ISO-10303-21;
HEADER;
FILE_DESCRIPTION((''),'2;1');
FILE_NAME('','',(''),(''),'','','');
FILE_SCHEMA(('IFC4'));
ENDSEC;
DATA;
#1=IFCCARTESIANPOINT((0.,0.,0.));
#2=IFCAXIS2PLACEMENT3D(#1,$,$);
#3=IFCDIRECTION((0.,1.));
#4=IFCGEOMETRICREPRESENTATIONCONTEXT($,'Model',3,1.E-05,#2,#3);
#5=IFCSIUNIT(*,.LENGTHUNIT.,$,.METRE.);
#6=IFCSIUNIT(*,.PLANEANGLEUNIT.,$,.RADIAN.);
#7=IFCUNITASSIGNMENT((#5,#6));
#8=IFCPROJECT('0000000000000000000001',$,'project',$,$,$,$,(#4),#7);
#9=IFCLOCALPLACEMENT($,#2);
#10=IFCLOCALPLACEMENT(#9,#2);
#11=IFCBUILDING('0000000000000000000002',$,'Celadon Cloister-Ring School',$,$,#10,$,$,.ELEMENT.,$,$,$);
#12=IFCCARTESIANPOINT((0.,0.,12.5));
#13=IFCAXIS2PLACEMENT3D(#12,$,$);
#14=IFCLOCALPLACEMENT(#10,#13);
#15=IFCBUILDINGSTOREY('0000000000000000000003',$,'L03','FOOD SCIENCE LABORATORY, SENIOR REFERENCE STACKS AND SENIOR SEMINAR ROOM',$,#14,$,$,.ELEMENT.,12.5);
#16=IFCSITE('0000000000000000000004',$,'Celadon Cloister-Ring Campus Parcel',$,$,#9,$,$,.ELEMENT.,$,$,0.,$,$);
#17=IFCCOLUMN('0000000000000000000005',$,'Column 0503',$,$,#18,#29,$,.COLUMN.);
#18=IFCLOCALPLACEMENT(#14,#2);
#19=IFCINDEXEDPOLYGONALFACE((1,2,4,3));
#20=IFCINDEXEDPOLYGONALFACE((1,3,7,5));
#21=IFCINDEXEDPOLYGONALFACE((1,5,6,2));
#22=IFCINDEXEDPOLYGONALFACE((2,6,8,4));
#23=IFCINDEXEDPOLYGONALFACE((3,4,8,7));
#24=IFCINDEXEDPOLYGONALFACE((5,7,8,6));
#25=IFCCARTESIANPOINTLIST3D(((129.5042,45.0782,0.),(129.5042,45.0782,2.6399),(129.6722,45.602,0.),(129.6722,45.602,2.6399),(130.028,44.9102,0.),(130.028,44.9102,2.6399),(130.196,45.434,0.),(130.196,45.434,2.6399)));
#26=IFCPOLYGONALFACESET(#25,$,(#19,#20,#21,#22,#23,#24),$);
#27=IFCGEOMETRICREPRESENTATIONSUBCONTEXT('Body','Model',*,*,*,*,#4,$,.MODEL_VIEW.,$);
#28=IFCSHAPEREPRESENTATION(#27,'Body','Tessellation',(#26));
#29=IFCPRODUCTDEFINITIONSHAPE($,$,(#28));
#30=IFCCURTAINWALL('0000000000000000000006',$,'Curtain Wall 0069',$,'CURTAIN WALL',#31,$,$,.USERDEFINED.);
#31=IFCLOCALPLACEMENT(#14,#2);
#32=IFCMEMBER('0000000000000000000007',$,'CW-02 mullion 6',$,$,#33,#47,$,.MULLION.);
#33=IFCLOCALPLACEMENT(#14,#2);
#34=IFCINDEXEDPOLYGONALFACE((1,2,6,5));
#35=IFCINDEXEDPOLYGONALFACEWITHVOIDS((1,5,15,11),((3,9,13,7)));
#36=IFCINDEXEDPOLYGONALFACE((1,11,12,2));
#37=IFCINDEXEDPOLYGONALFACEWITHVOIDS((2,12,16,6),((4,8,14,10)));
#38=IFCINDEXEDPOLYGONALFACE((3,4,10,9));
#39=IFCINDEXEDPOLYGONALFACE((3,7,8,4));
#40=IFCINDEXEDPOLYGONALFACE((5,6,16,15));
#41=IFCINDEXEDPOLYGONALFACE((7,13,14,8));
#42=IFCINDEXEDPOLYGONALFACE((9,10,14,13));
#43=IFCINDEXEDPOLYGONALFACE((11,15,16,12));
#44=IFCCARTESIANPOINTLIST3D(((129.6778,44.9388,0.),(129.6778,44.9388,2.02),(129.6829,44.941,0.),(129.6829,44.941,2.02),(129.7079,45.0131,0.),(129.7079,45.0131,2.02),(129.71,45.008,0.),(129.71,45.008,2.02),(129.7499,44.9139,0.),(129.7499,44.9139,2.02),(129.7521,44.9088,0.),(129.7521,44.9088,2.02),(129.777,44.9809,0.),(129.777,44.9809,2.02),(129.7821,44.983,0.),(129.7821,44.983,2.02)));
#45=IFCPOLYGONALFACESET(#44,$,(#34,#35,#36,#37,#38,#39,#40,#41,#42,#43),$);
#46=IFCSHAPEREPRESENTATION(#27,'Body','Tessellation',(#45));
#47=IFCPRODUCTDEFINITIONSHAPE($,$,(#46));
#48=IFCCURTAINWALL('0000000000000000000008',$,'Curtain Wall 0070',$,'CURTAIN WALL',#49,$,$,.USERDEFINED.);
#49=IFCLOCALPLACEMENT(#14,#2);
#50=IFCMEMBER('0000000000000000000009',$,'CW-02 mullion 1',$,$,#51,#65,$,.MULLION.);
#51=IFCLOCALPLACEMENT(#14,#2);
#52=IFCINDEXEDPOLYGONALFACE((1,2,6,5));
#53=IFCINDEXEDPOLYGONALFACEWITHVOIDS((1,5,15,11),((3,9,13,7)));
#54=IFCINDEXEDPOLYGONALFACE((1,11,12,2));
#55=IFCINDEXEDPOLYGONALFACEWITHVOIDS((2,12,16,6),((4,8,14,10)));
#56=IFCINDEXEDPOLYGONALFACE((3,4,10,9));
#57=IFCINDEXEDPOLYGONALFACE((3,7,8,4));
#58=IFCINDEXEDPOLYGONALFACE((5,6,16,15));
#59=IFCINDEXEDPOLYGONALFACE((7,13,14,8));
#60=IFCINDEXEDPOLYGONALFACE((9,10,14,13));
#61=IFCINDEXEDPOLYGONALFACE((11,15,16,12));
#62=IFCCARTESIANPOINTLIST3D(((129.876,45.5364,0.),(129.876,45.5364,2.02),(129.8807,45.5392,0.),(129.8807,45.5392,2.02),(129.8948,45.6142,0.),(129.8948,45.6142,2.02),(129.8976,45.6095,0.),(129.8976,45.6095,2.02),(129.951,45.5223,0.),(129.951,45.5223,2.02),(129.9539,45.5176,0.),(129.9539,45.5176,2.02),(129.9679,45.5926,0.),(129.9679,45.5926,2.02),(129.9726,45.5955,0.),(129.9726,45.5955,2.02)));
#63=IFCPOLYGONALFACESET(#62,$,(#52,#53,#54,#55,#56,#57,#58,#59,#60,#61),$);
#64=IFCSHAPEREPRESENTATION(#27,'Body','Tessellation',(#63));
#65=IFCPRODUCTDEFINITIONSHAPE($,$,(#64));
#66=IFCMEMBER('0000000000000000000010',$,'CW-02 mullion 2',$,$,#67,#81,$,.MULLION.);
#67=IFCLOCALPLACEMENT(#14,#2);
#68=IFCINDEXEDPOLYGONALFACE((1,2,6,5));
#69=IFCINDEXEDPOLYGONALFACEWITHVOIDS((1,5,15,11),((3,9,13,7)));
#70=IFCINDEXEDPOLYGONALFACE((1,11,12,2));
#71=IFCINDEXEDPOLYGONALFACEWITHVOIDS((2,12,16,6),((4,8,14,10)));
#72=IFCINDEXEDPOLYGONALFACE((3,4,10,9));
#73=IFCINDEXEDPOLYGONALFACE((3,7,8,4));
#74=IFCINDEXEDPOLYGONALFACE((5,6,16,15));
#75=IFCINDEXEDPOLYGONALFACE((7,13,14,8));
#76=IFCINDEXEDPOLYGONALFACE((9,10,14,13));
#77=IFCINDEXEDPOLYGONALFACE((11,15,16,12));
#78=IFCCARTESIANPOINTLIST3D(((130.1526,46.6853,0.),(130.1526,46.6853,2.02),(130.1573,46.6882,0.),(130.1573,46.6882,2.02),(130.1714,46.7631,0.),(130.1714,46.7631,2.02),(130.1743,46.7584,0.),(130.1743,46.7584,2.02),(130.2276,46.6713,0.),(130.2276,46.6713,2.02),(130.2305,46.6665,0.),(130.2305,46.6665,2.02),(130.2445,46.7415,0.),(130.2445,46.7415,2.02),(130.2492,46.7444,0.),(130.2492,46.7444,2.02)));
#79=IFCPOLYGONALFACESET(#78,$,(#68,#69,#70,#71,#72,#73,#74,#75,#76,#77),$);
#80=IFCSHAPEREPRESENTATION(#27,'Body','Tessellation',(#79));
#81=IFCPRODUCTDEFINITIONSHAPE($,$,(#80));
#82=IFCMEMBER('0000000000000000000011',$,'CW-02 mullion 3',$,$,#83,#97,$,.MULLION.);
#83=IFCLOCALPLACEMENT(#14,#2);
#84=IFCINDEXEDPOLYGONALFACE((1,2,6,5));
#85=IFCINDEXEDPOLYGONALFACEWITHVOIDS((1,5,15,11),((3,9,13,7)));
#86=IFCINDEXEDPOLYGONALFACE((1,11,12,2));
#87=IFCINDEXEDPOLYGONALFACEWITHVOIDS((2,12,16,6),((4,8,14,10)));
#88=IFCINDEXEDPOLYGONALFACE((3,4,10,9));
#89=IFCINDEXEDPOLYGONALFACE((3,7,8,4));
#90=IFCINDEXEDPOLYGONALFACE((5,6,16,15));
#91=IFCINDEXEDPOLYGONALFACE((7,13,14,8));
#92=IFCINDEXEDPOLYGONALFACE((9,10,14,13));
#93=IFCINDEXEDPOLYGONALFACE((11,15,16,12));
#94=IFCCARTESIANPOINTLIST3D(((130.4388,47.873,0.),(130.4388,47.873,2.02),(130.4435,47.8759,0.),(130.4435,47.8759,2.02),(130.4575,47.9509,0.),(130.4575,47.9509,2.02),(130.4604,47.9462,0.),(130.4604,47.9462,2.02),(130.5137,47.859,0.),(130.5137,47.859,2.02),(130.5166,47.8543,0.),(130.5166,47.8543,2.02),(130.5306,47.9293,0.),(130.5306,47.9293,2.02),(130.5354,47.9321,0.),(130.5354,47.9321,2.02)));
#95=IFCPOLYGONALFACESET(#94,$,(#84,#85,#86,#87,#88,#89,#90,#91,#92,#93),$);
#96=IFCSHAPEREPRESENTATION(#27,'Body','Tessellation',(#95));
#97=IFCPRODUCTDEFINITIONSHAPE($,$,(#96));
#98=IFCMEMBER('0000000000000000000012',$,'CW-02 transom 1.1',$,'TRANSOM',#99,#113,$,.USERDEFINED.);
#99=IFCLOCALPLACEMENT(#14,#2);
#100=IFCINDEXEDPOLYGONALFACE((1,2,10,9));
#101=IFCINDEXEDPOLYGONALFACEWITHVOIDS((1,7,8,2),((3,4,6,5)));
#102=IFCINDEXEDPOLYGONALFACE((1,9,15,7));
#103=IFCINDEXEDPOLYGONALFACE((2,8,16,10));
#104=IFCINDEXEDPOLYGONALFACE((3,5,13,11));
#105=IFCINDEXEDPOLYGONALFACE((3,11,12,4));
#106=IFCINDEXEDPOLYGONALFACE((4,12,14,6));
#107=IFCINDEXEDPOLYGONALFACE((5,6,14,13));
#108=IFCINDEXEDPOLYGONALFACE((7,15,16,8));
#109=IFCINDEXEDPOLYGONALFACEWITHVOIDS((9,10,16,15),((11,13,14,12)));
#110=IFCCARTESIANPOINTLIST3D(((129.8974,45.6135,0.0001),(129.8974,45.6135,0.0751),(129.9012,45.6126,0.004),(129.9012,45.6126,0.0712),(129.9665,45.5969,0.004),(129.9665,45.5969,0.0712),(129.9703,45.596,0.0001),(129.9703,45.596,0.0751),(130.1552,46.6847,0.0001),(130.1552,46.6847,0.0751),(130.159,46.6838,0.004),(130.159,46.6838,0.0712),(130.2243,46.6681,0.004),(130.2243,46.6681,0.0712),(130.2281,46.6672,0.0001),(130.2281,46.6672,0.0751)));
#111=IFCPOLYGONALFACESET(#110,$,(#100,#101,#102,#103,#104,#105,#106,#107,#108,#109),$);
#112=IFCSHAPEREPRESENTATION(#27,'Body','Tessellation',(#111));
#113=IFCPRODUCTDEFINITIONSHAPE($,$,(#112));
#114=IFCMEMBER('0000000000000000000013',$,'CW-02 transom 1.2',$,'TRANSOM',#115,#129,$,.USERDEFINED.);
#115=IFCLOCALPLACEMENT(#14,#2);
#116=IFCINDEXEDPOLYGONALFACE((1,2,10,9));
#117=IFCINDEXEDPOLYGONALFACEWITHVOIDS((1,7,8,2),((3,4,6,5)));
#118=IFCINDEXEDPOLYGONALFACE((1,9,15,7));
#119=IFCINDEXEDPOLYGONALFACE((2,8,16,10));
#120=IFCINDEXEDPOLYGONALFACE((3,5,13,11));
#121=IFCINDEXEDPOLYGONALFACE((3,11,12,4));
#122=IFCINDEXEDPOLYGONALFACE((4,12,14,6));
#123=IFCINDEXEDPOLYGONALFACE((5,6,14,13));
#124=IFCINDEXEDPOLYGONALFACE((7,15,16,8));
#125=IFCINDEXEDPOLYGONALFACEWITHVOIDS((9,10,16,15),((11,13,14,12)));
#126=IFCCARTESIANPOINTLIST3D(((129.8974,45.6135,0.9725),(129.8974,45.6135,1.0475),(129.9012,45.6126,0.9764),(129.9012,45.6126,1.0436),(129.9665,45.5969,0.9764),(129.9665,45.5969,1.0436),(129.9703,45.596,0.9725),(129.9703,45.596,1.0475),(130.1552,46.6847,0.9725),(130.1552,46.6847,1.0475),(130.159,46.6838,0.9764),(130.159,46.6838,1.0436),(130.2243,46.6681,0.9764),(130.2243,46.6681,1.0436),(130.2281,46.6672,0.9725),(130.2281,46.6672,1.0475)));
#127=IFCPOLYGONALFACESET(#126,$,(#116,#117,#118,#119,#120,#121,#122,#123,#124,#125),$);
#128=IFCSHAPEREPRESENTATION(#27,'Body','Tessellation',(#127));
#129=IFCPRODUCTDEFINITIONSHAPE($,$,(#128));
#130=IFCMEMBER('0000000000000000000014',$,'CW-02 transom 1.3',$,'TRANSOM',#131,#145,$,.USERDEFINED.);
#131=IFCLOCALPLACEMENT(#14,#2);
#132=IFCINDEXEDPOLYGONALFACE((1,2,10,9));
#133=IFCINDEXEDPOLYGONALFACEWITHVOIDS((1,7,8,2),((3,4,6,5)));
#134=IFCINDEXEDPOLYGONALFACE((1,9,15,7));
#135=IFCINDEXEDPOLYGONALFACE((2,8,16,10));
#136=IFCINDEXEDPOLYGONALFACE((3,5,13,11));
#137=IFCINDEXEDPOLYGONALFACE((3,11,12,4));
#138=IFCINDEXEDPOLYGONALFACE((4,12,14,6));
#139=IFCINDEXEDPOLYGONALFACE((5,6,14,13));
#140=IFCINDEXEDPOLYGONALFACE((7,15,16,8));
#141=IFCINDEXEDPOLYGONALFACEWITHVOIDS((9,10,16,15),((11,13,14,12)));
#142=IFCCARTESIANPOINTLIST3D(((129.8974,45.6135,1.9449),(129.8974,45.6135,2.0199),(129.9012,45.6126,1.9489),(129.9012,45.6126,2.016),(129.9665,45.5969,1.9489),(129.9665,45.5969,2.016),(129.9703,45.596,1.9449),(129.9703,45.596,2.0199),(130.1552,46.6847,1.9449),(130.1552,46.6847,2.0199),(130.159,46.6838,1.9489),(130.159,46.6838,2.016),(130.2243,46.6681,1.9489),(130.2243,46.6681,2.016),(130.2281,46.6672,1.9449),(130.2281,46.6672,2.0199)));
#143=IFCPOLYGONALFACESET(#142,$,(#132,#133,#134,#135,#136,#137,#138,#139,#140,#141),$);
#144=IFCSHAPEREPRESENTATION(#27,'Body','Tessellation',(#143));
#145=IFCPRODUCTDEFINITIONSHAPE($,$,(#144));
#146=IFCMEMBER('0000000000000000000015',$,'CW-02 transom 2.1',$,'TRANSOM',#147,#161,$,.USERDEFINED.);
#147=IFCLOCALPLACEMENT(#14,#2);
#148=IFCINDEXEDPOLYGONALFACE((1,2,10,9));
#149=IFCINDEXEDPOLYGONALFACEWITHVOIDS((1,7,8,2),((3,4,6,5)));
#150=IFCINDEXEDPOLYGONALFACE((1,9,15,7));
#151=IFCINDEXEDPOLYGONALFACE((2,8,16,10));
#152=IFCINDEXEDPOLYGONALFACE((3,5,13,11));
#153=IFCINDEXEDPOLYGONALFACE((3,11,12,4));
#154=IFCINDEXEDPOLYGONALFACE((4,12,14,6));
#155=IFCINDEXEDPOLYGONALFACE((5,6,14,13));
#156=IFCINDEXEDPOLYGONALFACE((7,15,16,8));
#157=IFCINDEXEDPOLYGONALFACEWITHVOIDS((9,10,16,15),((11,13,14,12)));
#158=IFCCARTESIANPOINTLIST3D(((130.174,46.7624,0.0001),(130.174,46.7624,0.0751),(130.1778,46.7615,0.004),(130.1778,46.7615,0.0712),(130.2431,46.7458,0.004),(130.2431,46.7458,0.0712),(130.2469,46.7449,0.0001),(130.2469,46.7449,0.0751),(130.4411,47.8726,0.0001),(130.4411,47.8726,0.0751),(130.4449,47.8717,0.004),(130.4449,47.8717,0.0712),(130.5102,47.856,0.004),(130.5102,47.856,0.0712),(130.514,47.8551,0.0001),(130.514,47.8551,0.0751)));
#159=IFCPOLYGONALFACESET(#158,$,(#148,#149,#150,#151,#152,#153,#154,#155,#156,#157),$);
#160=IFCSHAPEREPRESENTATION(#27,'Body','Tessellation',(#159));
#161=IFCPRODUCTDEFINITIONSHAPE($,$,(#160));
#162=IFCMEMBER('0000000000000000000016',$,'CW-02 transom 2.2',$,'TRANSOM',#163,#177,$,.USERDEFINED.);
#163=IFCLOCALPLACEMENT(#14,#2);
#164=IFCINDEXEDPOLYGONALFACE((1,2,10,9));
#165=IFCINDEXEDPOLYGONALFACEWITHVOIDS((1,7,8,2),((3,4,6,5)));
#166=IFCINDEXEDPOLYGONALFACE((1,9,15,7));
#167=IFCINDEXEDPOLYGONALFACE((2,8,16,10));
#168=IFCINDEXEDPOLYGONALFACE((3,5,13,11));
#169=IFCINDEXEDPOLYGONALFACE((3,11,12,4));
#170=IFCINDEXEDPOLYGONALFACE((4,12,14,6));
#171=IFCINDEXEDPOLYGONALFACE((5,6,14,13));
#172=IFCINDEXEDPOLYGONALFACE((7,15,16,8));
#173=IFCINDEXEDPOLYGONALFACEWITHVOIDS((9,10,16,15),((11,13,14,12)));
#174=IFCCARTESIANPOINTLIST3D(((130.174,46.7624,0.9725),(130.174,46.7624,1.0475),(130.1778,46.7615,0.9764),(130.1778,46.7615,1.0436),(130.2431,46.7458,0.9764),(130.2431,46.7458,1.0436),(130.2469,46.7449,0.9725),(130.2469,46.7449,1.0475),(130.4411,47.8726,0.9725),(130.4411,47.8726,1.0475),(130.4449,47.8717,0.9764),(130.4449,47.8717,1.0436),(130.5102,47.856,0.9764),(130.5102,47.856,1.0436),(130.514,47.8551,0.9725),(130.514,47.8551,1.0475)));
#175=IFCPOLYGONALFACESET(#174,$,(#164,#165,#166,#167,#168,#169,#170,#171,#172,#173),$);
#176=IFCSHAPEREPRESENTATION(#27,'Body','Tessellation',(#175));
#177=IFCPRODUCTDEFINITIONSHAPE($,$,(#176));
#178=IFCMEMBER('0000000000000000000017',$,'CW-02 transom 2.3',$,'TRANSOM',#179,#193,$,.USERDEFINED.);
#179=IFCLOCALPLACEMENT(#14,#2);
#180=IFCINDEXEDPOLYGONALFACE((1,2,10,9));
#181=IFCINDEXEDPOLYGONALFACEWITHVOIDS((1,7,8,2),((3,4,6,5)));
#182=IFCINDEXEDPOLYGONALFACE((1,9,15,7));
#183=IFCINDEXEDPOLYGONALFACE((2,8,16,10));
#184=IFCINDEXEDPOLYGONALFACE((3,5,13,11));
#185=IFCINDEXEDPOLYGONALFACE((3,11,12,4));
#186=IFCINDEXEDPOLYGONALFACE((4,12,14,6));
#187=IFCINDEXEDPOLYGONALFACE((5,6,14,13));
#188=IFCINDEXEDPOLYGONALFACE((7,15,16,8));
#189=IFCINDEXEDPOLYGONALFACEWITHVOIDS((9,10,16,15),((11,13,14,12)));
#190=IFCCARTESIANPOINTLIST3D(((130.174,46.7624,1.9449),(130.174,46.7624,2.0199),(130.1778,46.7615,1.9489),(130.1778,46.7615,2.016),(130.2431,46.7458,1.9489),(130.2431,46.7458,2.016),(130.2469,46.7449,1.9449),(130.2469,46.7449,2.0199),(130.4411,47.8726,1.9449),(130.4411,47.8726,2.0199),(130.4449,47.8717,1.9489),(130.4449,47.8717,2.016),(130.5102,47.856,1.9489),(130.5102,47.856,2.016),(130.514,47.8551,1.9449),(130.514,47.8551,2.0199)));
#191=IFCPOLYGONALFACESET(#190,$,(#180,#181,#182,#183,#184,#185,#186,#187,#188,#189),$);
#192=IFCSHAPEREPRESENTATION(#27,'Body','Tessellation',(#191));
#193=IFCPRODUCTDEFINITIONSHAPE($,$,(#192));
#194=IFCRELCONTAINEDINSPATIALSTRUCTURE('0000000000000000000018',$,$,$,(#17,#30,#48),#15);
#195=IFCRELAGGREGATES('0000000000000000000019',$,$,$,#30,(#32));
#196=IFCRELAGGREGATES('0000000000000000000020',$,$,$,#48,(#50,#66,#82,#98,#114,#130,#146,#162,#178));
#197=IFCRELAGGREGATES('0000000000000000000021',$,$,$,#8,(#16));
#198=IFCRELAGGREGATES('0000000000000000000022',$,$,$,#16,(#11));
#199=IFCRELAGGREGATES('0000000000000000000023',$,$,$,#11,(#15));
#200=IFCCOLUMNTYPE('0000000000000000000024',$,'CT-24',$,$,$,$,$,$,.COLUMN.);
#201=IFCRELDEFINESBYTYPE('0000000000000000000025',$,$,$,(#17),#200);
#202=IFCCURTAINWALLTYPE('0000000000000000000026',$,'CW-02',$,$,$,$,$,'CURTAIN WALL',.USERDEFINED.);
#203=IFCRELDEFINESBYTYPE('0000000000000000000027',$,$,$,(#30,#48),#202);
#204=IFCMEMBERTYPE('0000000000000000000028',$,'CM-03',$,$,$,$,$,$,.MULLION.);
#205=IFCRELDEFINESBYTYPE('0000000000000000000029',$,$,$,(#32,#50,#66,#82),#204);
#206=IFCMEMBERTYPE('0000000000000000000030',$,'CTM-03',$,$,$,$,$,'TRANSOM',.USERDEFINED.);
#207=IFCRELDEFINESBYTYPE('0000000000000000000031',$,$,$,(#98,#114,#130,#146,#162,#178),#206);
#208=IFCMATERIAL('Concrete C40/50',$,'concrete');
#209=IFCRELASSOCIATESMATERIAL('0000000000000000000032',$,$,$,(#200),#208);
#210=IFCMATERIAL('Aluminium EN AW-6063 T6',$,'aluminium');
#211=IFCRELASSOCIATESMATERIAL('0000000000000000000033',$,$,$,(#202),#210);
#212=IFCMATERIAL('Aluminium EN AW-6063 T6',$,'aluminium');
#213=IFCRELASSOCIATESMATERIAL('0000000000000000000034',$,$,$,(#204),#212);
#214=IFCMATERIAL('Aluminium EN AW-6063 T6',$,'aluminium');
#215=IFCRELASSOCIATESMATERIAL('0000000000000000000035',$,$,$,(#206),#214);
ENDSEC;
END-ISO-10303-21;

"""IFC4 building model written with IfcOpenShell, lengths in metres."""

from ifc_helpers import new_model, si_unit, direction, frame, origin, origin_2d, place, context, subcontext, project, spatial, rectangle, hollow_rectangle, extrude, material, material_profile, profile_set, type_object, element, aggregate, save


model = new_model("IFC4")

# Units and contexts
model_context = context("Model", 3, precision=1e-05, world=origin(), true_north=direction((0.0, 1.0)))
body_context = subcontext(model_context, "Body", "Model", "MODEL_VIEW")
ifc_project = project(units=[si_unit("LENGTHUNIT", "METRE"), si_unit("PLANEANGLEUNIT", "RADIAN")], contexts=[model_context])

# Site, building, storey
site_placement = place(None, origin())
site = spatial("IfcSite", under=ifc_project, at=site_placement, Name="Celadon Cloister-Ring Campus Parcel", CompositionType="ELEMENT", RefElevation=0.0)
building_placement = place(site_placement, origin())
building = spatial("IfcBuilding", under=site, at=building_placement, Name="Celadon Cloister-Ring School", CompositionType="ELEMENT")
storey_placement = place(building_placement, frame((0.0, 0.0, 12.5)))
storey = spatial("IfcBuildingStorey", under=building, at=storey_placement, Name="L03", Description="FOOD SCIENCE LABORATORY, SENIOR REFERENCE STACKS AND SENIOR SEMINAR ROOM", CompositionType="ELEMENT", Elevation=12.5)

# Column
ifc_material_1 = material(Name="Concrete C40/50", Category="concrete")
ifc_material_profile_1 = material_profile(ifc_material_1, rectangle(XDim=0.55, YDim=0.55, at=origin_2d()), Name="RC550X550")
ifc_profile_set_1 = profile_set([ifc_material_profile_1], Name="Concrete C40/50")
column_type = type_object("IfcColumnType", Name="CT-24", PredefinedType="COLUMN", material=ifc_profile_set_1)
column_placement = place(storey_placement, frame((129.8501, 45.2561, 0.0), z_axis=(0.0, 0.0, 1.0), x_axis=(0.952215, -0.305429, 0.0)))
element("IfcColumn", 1, at=column_placement, inside=storey, type_object=column_type, Name="Column 0503", PredefinedType="COLUMN", context=body_context, shape_type="SweptSolid", body=[
    extrude(rectangle(XDim=0.55, YDim=0.55, at=origin_2d()), origin(), (0.0, 0.0, 1.0), 2.6399),
])

# Curtain wall, member
ifc_material_2 = material(Name="Aluminium EN AW-6063 T6", Category="aluminium")
curtain_wall_type = type_object("IfcCurtainWallType", Name="CW-02", ElementType="CURTAIN WALL", PredefinedType="USERDEFINED", material=ifc_material_2)
curtain_wall_1_placement = place(storey_placement, origin())
curtain_wall_1 = element("IfcCurtainWall", 2, at=curtain_wall_1_placement, inside=storey, type_object=curtain_wall_type, Name="Curtain Wall 0069", ObjectType="CURTAIN WALL", PredefinedType="USERDEFINED")
ifc_material_3 = material(Name="Aluminium EN AW-6063 T6", Category="aluminium")
ifc_material_profile_2 = material_profile(ifc_material_3, hollow_rectangle(XDim=0.0801, YDim=0.0801, WallThickness=0.0039, at=origin_2d()), Name="RHS80X80X4")
ifc_profile_set_2 = profile_set([ifc_material_profile_2], Name="Aluminium EN AW-6063 T6")
member_type_1 = type_object("IfcMemberType", Name="CM-03", PredefinedType="MULLION", material=ifc_profile_set_2)
member_1_placement = place(storey_placement, frame((129.73, 44.9609, 0.0), z_axis=(0.0, 0.0, 1.0), x_axis=(-0.927036, 0.374972, 0.0)))
member_1 = element("IfcMember", 3, at=member_1_placement, type_object=member_type_1, Name="CW-02 mullion 6", PredefinedType="MULLION", context=body_context, shape_type="SweptSolid", body=[
    extrude(hollow_rectangle(XDim=0.0801, YDim=0.0801, WallThickness=0.0039, at=origin_2d()), origin(), (0.0, 0.0, 1.0), 2.02),
])
aggregate(curtain_wall_1, [member_1])

# Curtain wall, members
curtain_wall_2_placement = place(storey_placement, origin())
curtain_wall_2 = element("IfcCurtainWall", 4, at=curtain_wall_2_placement, inside=storey, type_object=curtain_wall_type, Name="Curtain Wall 0070", ObjectType="CURTAIN WALL", PredefinedType="USERDEFINED")
member_2_placement = place(storey_placement, frame((129.9243, 45.5659, 0.0), z_axis=(0.0, 0.0, 1.0), x_axis=(-0.972215, 0.234091, 0.0)))
member_2 = element("IfcMember", 5, at=member_2_placement, type_object=member_type_1, Name="CW-02 mullion 1", PredefinedType="MULLION", context=body_context, shape_type="SweptSolid", body=[
    extrude(hollow_rectangle(XDim=0.0801, YDim=0.0801, WallThickness=0.0039, at=origin_2d()), origin(), (0.0, 0.0, 1.0), 2.02),
])
member_3_placement = place(storey_placement, frame((130.2009, 46.7148, 0.0), z_axis=(0.0, 0.0, 1.0), x_axis=(-0.972215, 0.234091, 0.0)))
member_3 = element("IfcMember", 6, at=member_3_placement, type_object=member_type_1, Name="CW-02 mullion 2", PredefinedType="MULLION", context=body_context, shape_type="SweptSolid", body=[
    extrude(hollow_rectangle(XDim=0.0801, YDim=0.0801, WallThickness=0.0039, at=origin_2d()), origin(), (0.0, 0.0, 1.0), 2.02),
])
member_4_placement = place(storey_placement, frame((130.4871, 47.9026, 0.0), z_axis=(0.0, 0.0, 1.0), x_axis=(-0.972215, 0.234091, 0.0)))
member_4 = element("IfcMember", 7, at=member_4_placement, type_object=member_type_1, Name="CW-02 mullion 3", PredefinedType="MULLION", context=body_context, shape_type="SweptSolid", body=[
    extrude(hollow_rectangle(XDim=0.0801, YDim=0.0801, WallThickness=0.0039, at=origin_2d()), origin(), (0.0, 0.0, 1.0), 2.02),
])
ifc_material_4 = material(Name="Aluminium EN AW-6063 T6", Category="aluminium")
ifc_material_profile_3 = material_profile(ifc_material_4, hollow_rectangle(XDim=0.075, YDim=0.075, WallThickness=0.0039, at=origin_2d()), Name="RHS75X75X4")
ifc_profile_set_3 = profile_set([ifc_material_profile_3], Name="Aluminium EN AW-6063 T6")
member_type_2 = type_object("IfcMemberType", Name="CTM-03", ElementType="TRANSOM", PredefinedType="USERDEFINED", material=ifc_profile_set_3)
member_5_placement = place(storey_placement, frame((129.9338, 45.6047, 0.0376), z_axis=(0.233976, 0.972242, 0.0), x_axis=(-0.972242, 0.233976, 0.0)))
member_5 = element("IfcMember", 8, at=member_5_placement, type_object=member_type_2, Name="CW-02 transom 1.1", ObjectType="TRANSOM", PredefinedType="USERDEFINED", context=body_context, shape_type="SweptSolid", body=[
    extrude(hollow_rectangle(XDim=0.075, YDim=0.075, WallThickness=0.0039, at=origin_2d()), origin(), (0.0, 0.0, 1.0), 1.1018),
])
member_6_placement = place(storey_placement, frame((129.9338, 45.6047, 1.01), z_axis=(0.233976, 0.972242, 0.0), x_axis=(-0.972242, 0.233976, 0.0)))
member_6 = element("IfcMember", 9, at=member_6_placement, type_object=member_type_2, Name="CW-02 transom 1.2", ObjectType="TRANSOM", PredefinedType="USERDEFINED", context=body_context, shape_type="SweptSolid", body=[
    extrude(hollow_rectangle(XDim=0.075, YDim=0.075, WallThickness=0.0039, at=origin_2d()), origin(), (0.0, 0.0, 1.0), 1.1018),
])
member_7_placement = place(storey_placement, frame((129.9338, 45.6047, 1.9824), z_axis=(0.233976, 0.972242, 0.0), x_axis=(-0.972242, 0.233976, 0.0)))
member_7 = element("IfcMember", 10, at=member_7_placement, type_object=member_type_2, Name="CW-02 transom 1.3", ObjectType="TRANSOM", PredefinedType="USERDEFINED", context=body_context, shape_type="SweptSolid", body=[
    extrude(hollow_rectangle(XDim=0.075, YDim=0.075, WallThickness=0.0039, at=origin_2d()), origin(), (0.0, 0.0, 1.0), 1.1018),
])
member_8_placement = place(storey_placement, frame((130.2104, 46.7537, 0.0376), z_axis=(0.233923, 0.972255, 0.0), x_axis=(-0.972255, 0.233923, 0.0)))
member_8 = element("IfcMember", 11, at=member_8_placement, type_object=member_type_2, Name="CW-02 transom 2.1", ObjectType="TRANSOM", PredefinedType="USERDEFINED", context=body_context, shape_type="SweptSolid", body=[
    extrude(hollow_rectangle(XDim=0.075, YDim=0.075, WallThickness=0.0039, at=origin_2d()), origin(), (0.0, 0.0, 1.0), 1.1418),
])
member_9_placement = place(storey_placement, frame((130.2104, 46.7537, 1.01), z_axis=(0.233923, 0.972255, 0.0), x_axis=(-0.972255, 0.233923, 0.0)))
member_9 = element("IfcMember", 12, at=member_9_placement, type_object=member_type_2, Name="CW-02 transom 2.2", ObjectType="TRANSOM", PredefinedType="USERDEFINED", context=body_context, shape_type="SweptSolid", body=[
    extrude(hollow_rectangle(XDim=0.075, YDim=0.075, WallThickness=0.0039, at=origin_2d()), origin(), (0.0, 0.0, 1.0), 1.1418),
])
member_10_placement = place(storey_placement, frame((130.2104, 46.7537, 1.9824), z_axis=(0.233923, 0.972255, 0.0), x_axis=(-0.972255, 0.233923, 0.0)))
member_10 = element("IfcMember", 13, at=member_10_placement, type_object=member_type_2, Name="CW-02 transom 2.3", ObjectType="TRANSOM", PredefinedType="USERDEFINED", context=body_context, shape_type="SweptSolid", body=[
    extrude(hollow_rectangle(XDim=0.075, YDim=0.075, WallThickness=0.0039, at=origin_2d()), origin(), (0.0, 0.0, 1.0), 1.1418),
])

aggregate(curtain_wall_2, [member_2, member_3, member_4, member_5, member_6, member_7, member_8, member_9, member_10])

save(model, "model.ifc")
